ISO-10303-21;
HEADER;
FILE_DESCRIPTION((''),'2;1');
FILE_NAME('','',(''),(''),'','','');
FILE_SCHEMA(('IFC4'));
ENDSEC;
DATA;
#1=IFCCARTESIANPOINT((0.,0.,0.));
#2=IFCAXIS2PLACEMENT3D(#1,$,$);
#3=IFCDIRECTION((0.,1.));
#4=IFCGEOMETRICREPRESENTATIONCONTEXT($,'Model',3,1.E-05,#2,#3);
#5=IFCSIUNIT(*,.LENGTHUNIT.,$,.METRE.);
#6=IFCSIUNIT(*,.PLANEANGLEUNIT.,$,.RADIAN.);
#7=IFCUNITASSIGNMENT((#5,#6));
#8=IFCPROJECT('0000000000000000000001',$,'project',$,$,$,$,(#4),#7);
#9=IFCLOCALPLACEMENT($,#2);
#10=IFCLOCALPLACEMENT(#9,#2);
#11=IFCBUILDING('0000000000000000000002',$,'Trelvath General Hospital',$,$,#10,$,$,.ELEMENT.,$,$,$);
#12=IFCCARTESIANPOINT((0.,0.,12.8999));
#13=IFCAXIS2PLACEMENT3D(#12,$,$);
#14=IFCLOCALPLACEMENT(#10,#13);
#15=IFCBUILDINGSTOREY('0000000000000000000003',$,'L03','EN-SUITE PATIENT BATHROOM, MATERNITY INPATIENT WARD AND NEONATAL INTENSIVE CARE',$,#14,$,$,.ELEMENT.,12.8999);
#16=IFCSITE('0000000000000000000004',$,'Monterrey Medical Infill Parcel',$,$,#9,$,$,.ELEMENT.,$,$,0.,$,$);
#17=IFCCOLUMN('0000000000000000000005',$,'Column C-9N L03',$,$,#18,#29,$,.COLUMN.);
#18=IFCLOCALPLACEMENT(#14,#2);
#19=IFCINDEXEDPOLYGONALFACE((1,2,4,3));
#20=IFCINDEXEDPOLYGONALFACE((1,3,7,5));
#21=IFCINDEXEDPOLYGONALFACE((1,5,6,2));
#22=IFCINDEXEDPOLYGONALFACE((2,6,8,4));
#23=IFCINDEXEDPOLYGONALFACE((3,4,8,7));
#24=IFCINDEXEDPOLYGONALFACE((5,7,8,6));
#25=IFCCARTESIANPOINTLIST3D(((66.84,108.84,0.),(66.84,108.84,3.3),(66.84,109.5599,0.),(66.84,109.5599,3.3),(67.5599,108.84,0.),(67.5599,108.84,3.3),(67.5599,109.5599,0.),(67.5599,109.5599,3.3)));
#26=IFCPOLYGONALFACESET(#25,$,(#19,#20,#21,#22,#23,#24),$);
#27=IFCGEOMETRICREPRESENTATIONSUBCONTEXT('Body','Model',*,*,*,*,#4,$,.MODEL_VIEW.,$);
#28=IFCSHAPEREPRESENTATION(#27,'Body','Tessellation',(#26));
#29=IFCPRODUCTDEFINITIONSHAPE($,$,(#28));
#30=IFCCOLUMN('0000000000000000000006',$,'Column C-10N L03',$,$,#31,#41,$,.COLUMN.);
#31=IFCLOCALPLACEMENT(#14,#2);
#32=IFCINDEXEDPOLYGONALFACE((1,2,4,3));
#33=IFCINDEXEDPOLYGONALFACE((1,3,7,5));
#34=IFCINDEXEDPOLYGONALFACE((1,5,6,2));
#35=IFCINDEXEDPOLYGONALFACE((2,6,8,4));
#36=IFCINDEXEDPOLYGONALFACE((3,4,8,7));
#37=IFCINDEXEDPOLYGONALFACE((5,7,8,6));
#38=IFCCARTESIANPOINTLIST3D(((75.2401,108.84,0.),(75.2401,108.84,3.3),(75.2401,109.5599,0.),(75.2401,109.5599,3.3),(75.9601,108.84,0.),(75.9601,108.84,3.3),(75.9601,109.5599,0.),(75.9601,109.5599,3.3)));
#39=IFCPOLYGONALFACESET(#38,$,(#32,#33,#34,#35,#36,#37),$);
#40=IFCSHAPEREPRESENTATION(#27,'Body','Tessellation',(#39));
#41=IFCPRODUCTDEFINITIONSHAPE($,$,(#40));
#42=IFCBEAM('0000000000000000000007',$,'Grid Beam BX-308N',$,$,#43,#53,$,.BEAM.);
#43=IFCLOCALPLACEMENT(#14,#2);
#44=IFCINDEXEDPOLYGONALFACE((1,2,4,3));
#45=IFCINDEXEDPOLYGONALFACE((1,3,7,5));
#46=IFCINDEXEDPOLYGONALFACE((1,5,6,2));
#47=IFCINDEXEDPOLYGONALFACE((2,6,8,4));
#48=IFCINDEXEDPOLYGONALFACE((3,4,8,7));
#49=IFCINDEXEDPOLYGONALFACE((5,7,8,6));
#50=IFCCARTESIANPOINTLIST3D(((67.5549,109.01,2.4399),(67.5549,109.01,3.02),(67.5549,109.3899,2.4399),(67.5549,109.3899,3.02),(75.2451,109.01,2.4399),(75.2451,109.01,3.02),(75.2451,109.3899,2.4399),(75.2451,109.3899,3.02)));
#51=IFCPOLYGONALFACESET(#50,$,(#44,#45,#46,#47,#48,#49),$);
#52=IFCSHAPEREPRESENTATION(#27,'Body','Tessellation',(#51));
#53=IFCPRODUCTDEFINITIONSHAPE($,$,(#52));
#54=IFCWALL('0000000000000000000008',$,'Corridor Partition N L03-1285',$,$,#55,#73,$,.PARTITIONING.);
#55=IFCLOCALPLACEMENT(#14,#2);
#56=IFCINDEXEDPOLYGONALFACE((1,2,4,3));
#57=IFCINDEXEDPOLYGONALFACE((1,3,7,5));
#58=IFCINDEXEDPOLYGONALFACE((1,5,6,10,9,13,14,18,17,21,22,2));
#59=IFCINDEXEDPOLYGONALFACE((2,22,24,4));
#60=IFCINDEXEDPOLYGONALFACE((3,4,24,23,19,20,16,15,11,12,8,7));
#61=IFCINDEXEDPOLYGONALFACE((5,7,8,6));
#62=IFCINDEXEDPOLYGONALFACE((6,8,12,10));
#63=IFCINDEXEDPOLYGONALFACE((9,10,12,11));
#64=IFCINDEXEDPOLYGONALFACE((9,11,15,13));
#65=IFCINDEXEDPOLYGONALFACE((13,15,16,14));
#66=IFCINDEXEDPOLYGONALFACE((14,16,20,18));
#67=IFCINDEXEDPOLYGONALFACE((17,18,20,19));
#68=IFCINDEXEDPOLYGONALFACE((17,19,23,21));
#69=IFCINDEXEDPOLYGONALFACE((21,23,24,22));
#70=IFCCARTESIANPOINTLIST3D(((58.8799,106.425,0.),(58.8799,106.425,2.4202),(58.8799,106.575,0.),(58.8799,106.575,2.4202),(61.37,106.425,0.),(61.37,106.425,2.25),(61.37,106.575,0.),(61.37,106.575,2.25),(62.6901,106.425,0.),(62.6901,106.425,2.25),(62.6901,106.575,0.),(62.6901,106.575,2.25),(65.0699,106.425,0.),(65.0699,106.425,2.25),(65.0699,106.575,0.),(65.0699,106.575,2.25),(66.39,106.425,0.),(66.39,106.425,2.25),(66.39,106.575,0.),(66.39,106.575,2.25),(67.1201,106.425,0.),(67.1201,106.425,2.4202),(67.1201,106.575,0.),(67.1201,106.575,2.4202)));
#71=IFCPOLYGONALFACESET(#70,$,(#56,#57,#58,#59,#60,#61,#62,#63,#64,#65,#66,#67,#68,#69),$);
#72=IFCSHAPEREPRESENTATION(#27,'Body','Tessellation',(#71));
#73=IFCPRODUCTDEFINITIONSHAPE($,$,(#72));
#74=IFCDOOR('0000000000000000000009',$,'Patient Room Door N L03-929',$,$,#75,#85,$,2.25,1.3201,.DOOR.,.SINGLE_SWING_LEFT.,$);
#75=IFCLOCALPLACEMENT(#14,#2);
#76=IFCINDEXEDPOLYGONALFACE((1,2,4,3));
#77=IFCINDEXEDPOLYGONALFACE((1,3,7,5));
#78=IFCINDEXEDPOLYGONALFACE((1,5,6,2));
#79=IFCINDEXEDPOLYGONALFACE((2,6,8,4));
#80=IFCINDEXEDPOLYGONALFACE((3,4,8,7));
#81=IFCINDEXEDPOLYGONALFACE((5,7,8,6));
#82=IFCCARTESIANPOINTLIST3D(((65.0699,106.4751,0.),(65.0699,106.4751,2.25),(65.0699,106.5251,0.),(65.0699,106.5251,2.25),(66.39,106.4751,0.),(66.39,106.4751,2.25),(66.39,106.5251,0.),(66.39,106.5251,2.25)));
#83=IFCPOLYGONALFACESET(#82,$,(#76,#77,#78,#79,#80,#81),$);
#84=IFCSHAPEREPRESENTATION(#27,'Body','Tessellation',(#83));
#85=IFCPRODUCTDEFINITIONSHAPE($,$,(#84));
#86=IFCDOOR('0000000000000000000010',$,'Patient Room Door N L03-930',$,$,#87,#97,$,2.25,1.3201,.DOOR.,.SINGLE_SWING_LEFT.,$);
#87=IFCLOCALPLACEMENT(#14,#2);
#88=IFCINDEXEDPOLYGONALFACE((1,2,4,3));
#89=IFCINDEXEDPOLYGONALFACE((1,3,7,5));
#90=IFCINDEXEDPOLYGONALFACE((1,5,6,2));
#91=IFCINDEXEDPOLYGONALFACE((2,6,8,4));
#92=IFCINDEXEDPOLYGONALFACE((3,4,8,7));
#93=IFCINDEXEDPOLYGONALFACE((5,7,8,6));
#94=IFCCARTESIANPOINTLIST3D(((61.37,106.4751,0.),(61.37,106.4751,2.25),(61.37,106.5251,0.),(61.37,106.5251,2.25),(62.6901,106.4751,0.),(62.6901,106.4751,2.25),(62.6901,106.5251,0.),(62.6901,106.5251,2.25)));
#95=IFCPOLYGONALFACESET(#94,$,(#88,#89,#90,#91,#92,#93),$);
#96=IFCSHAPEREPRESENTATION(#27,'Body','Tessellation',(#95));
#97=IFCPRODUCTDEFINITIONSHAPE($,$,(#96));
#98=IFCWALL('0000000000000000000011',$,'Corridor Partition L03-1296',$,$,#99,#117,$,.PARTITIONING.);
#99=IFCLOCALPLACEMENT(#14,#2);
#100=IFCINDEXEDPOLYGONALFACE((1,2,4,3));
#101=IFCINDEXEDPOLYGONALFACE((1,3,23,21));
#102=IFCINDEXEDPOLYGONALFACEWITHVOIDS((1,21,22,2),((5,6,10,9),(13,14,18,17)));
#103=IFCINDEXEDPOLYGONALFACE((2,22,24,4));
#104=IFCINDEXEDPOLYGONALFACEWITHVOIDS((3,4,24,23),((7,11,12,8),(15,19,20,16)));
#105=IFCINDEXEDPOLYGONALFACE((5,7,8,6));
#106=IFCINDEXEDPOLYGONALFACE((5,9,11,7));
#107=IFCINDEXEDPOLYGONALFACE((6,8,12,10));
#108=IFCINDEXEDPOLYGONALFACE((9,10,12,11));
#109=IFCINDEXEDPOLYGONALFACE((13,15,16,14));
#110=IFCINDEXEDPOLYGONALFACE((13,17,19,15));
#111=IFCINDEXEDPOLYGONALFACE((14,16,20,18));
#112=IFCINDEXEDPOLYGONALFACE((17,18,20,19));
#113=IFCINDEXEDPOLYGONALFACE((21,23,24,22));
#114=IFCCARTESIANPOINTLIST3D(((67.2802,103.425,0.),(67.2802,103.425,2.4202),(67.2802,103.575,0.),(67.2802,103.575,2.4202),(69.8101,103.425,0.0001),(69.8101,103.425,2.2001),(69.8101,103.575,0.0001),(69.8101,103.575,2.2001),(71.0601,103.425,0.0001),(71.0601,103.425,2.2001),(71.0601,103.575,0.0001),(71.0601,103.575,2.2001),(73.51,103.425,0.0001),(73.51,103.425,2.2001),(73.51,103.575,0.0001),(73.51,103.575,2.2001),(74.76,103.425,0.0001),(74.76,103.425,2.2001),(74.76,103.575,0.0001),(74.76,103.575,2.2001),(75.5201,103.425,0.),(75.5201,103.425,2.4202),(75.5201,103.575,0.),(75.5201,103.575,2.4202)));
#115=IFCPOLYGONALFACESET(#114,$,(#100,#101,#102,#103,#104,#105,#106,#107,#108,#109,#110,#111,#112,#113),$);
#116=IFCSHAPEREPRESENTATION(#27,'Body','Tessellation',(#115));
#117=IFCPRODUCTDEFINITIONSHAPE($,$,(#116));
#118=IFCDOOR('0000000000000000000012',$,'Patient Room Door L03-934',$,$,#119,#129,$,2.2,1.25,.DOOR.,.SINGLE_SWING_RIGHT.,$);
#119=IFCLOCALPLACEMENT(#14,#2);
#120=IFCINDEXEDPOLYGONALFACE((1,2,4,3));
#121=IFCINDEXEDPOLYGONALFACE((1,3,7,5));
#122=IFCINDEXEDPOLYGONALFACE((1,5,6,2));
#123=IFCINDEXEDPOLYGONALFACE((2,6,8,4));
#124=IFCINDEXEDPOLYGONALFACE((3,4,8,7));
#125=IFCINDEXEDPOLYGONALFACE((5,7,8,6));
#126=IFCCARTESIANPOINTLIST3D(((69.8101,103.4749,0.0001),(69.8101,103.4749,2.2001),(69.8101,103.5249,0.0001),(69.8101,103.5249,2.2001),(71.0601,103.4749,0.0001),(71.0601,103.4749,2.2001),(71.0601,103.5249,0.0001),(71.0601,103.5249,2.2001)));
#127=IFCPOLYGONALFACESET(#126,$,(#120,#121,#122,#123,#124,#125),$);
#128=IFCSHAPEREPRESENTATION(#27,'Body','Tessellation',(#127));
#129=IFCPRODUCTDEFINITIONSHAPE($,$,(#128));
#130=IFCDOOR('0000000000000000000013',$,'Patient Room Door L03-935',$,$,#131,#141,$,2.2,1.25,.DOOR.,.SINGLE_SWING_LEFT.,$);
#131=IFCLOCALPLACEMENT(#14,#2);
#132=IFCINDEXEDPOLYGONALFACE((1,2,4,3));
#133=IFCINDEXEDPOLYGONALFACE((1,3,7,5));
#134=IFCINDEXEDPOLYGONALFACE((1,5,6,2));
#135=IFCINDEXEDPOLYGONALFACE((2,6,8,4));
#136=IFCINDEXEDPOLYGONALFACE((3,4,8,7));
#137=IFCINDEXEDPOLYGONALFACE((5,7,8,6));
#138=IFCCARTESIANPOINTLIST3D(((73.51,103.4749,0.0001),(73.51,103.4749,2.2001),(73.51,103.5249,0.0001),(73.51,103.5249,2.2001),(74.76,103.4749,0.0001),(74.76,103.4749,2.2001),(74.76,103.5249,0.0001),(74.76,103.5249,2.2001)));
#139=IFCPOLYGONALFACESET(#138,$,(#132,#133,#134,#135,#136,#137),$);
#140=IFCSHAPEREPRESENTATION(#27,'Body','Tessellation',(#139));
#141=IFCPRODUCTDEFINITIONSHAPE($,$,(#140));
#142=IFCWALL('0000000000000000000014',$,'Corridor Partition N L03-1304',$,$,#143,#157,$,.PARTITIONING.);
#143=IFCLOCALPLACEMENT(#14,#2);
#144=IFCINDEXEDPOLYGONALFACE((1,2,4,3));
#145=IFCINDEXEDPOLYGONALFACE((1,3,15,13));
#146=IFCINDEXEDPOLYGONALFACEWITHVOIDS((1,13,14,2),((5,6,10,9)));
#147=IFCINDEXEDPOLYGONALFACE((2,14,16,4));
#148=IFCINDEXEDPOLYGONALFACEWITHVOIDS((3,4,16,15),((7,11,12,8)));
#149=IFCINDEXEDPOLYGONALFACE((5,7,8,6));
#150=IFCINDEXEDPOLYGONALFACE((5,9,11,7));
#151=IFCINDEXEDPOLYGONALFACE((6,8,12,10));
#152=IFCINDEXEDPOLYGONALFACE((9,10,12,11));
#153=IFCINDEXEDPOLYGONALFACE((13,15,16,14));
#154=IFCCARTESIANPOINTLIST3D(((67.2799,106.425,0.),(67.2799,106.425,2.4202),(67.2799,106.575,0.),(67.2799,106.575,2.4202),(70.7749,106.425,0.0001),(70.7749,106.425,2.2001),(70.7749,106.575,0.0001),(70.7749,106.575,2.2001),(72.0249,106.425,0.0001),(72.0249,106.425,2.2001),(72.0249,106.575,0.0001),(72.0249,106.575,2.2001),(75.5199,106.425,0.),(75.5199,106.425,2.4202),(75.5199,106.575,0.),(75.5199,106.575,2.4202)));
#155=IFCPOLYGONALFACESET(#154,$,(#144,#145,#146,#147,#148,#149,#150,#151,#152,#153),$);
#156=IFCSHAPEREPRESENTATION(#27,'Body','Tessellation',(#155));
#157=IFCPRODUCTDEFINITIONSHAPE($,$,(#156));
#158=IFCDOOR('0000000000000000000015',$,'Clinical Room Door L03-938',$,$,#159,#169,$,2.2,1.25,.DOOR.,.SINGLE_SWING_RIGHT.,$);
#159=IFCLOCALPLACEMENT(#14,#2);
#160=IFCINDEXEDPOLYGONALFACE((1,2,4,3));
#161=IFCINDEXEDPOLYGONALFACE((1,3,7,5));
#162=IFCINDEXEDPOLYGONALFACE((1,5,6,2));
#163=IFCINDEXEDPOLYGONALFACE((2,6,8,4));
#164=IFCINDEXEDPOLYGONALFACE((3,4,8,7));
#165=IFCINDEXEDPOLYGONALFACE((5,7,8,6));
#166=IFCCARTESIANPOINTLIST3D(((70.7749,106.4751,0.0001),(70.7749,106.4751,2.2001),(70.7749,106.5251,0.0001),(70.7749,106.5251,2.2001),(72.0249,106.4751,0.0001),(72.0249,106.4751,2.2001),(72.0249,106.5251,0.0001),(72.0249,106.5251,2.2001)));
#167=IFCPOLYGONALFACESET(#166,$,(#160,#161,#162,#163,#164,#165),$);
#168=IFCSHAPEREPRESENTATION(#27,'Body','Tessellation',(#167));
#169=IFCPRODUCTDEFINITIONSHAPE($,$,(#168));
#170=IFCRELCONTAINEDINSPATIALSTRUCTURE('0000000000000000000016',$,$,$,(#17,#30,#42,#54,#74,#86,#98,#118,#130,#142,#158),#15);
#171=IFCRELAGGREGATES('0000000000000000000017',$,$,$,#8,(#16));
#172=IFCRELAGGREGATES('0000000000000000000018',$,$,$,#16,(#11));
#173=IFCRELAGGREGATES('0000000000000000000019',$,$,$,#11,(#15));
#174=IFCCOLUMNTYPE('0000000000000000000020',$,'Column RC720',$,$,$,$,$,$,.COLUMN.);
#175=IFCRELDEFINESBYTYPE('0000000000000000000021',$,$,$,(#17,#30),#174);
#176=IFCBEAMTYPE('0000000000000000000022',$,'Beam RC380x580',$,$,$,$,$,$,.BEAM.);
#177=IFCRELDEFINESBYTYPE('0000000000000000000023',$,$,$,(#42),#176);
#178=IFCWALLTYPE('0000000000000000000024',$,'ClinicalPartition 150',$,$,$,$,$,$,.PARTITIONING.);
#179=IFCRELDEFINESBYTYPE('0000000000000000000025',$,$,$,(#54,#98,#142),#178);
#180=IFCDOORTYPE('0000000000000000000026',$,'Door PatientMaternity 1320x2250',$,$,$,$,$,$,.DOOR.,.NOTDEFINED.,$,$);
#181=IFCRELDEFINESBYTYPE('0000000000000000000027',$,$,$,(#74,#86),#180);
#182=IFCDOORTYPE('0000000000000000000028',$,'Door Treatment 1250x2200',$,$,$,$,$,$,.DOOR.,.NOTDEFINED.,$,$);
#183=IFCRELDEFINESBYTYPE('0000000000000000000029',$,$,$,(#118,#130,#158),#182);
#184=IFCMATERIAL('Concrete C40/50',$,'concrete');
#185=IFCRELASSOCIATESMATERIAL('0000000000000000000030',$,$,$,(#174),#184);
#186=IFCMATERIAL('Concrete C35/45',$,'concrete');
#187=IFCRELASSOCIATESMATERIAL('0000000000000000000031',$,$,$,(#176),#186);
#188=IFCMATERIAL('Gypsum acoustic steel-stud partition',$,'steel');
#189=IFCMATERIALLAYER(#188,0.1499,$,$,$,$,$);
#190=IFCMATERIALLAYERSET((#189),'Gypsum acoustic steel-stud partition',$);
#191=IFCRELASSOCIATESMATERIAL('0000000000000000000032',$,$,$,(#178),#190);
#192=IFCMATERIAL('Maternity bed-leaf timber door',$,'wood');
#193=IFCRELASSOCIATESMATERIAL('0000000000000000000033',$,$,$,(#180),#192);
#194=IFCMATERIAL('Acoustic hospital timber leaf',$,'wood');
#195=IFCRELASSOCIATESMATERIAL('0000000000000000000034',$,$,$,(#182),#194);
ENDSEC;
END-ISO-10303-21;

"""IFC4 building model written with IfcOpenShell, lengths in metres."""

from ifc_helpers import new_model, si_unit, direction, frame, frame_2d, origin, origin_2d, place, context, subcontext, project, spatial, rectangle, extrude, material, layer, layer_set, material_profile, profile_set, type_object, element, fill, save


model = new_model("IFC4")

# Units and contexts
model_context = context("Model", 3, precision=1e-05, world=origin(), true_north=direction((0.0, 1.0)))
body_context = subcontext(model_context, "Body", "Model", "MODEL_VIEW")
ifc_project = project(units=[si_unit("LENGTHUNIT", "METRE"), si_unit("PLANEANGLEUNIT", "RADIAN")], contexts=[model_context])

# Site, building, storey
site_placement = place(None, origin())
site = spatial("IfcSite", under=ifc_project, at=site_placement, Name="Monterrey Medical Infill Parcel", CompositionType="ELEMENT", RefElevation=0.0)
building_placement = place(site_placement, origin())
building = spatial("IfcBuilding", under=site, at=building_placement, Name="Trelvath General Hospital", CompositionType="ELEMENT")
storey_placement = place(building_placement, frame((0.0, 0.0, 12.8999)))
storey = spatial("IfcBuildingStorey", under=building, at=storey_placement, Name="L03", Description="EN-SUITE PATIENT BATHROOM, MATERNITY INPATIENT WARD AND NEONATAL INTENSIVE CARE", CompositionType="ELEMENT", Elevation=12.8999)

# Columns
ifc_material_1 = material(Name="Concrete C40/50", Category="concrete")
ifc_material_profile_1 = material_profile(ifc_material_1, rectangle(XDim=0.72, YDim=0.72, at=origin_2d()), Name="RC720x720")
ifc_profile_set_1 = profile_set([ifc_material_profile_1], Name="Concrete C40/50")
column_type = type_object("IfcColumnType", Name="Column RC720", PredefinedType="COLUMN", material=ifc_profile_set_1)
for number, where, z_axis, x_axis, name in (
    (1, (67.2, 109.2, 0.0), (0.0, 0.0, 1.0), (1.0, 0.0, 0.0), "Column C-9N L03"),
    (2, (75.6001, 109.2, 0.0), (0.0, 0.0, 1.0), (1.0, 0.0, 0.0), "Column C-10N L03"),
):
    element("IfcColumn", number, at=place(storey_placement, frame(where, z_axis=z_axis, x_axis=x_axis)), inside=storey, type_object=column_type, Name=name, PredefinedType="COLUMN", context=body_context, shape_type="SweptSolid", body=[
        extrude(rectangle(XDim=0.72, YDim=0.72, at=origin_2d()), origin(), (0.0, 0.0, 1.0), 3.3),
    ])

# Beam
ifc_material_2 = material(Name="Concrete C35/45", Category="concrete")
ifc_material_profile_2 = material_profile(ifc_material_2, rectangle(XDim=0.3799, YDim=0.5801, at=origin_2d()), Name="RCB380x580")
ifc_profile_set_2 = profile_set([ifc_material_profile_2], Name="Concrete C35/45")
beam_type = type_object("IfcBeamType", Name="Beam RC380x580", PredefinedType="BEAM", material=ifc_profile_set_2)
beam_placement = place(storey_placement, frame((67.5549, 109.2, 2.73), z_axis=(1.0, 0.0, 0.0), x_axis=(0.0, 1.0, 0.0)))
element("IfcBeam", 3, at=beam_placement, inside=storey, type_object=beam_type, Name="Grid Beam BX-308N", PredefinedType="BEAM", context=body_context, shape_type="SweptSolid", body=[
    extrude(rectangle(XDim=0.3799, YDim=0.5801, at=origin_2d()), origin(), (0.0, 0.0, 1.0), 7.6902),
])

# Walls, openings, doors
ifc_material_3 = material(Name="Gypsum acoustic steel-stud partition", Category="steel")
ifc_layer_1 = layer(ifc_material_3, 0.1499)
ifc_layer_set_1 = layer_set([ifc_layer_1], Name="Gypsum acoustic steel-stud partition")
wall_type_1 = type_object("IfcWallType", Name="ClinicalPartition 150", PredefinedType="PARTITIONING", material=ifc_layer_set_1)
wall_1_placement = place(storey_placement, frame((67.1201, 106.5, 0.0), z_axis=(0.0, 0.0, 1.0), x_axis=(-1.0, 0.0, 0.0)))
wall_1 = element("IfcWall", 4, at=wall_1_placement, inside=storey, type_object=wall_type_1, Name="Corridor Partition N L03-1285", PredefinedType="PARTITIONING", context=body_context, shape_type="SweptSolid", body=[
    extrude(rectangle(XDim=8.2402, YDim=0.1499, at=frame_2d((4.1201, 0.0))), origin(), (0.0, 0.0, 1.0), 2.4202),
])
opening_1_placement = place(wall_1_placement, frame((0.73, 0.0, 0.0)))
opening_1 = element("IfcOpeningElement", 5, at=opening_1_placement, cuts=wall_1, PredefinedType="OPENING", context=body_context, shape_type="SweptSolid", body=[
    extrude(rectangle(XDim=1.3201, YDim=2.25, at=frame_2d((0.6602, 1.125))), frame((0.0, 0.085, 0.0), z_axis=(0.0, -1.0, 0.0), x_axis=(1.0, 0.0, 0.0)), (0.0, 0.0, 1.0), 0.1699),
])
opening_2_placement = place(wall_1_placement, frame((4.4299, 0.0, 0.0)))
opening_2 = element("IfcOpeningElement", 6, at=opening_2_placement, cuts=wall_1, PredefinedType="OPENING", context=body_context, shape_type="SweptSolid", body=[
    extrude(rectangle(XDim=1.3201, YDim=2.25, at=frame_2d((0.6602, 1.125))), frame((0.0, 0.085, 0.0), z_axis=(0.0, -1.0, 0.0), x_axis=(1.0, 0.0, 0.0)), (0.0, 0.0, 1.0), 0.1699),
])
ifc_material_4 = material(Name="Maternity bed-leaf timber door", Category="wood")
door_type_1 = type_object("IfcDoorType", Name="Door PatientMaternity 1320x2250", OperationType="NOTDEFINED", PredefinedType="DOOR", material=ifc_material_4)
door_1_placement = place(opening_1_placement, origin())
door_1 = element("IfcDoor", 7, at=door_1_placement, inside=storey, type_object=door_type_1, Name="Patient Room Door N L03-929", OperationType="SINGLE_SWING_LEFT", OverallHeight=2.25, OverallWidth=1.3201, PredefinedType="DOOR", context=body_context, shape_type="SweptSolid", body=[
    extrude(rectangle(XDim=1.3201, YDim=2.25, at=frame_2d((0.6602, 1.125))), frame((0.0, 0.0249, 0.0), z_axis=(0.0, -1.0, 0.0), x_axis=(1.0, 0.0, 0.0)), (0.0, 0.0, 1.0), 0.05),
])
fill(opening_1, door_1)
door_2_placement = place(opening_2_placement, origin())
door_2 = element("IfcDoor", 8, at=door_2_placement, inside=storey, type_object=door_type_1, Name="Patient Room Door N L03-930", OperationType="SINGLE_SWING_LEFT", OverallHeight=2.25, OverallWidth=1.3201, PredefinedType="DOOR", context=body_context, shape_type="SweptSolid", body=[
    extrude(rectangle(XDim=1.3201, YDim=2.25, at=frame_2d((0.6602, 1.125))), frame((0.0, 0.0249, 0.0), z_axis=(0.0, -1.0, 0.0), x_axis=(1.0, 0.0, 0.0)), (0.0, 0.0, 1.0), 0.05),
])
fill(opening_2, door_2)
wall_2_placement = place(storey_placement, frame((67.28, 103.5, 0.0), z_axis=(0.0, 0.0, 1.0), x_axis=(1.0, 0.0, 0.0)))
wall_2 = element("IfcWall", 9, at=wall_2_placement, inside=storey, type_object=wall_type_1, Name="Corridor Partition L03-1296", PredefinedType="PARTITIONING", context=body_context, shape_type="SweptSolid", body=[
    extrude(rectangle(XDim=8.24, YDim=0.1499, at=frame_2d((4.1201, 0.0))), origin(), (0.0, 0.0, 1.0), 2.4202),
])
opening_3_placement = place(wall_2_placement, frame((2.53, 0.0, 0.0)))
opening_3 = element("IfcOpeningElement", 10, at=opening_3_placement, cuts=wall_2, PredefinedType="OPENING", context=body_context, shape_type="SweptSolid", body=[
    extrude(rectangle(XDim=1.25, YDim=2.2, at=frame_2d((0.625, 1.1001))), frame((0.0, 0.085, 0.0), z_axis=(0.0, -1.0, 0.0), x_axis=(1.0, 0.0, 0.0)), (0.0, 0.0, 1.0), 0.1699),
])
opening_4_placement = place(wall_2_placement, frame((6.23, 0.0, 0.0)))
opening_4 = element("IfcOpeningElement", 11, at=opening_4_placement, cuts=wall_2, PredefinedType="OPENING", context=body_context, shape_type="SweptSolid", body=[
    extrude(rectangle(XDim=1.25, YDim=2.2, at=frame_2d((0.625, 1.1001))), frame((0.0, 0.085, 0.0), z_axis=(0.0, -1.0, 0.0), x_axis=(1.0, 0.0, 0.0)), (0.0, 0.0, 1.0), 0.1699),
])
ifc_material_5 = material(Name="Acoustic hospital timber leaf", Category="wood")
door_type_2 = type_object("IfcDoorType", Name="Door Treatment 1250x2200", OperationType="NOTDEFINED", PredefinedType="DOOR", material=ifc_material_5)
door_3_placement = place(opening_3_placement, origin())
door_3 = element("IfcDoor", 12, at=door_3_placement, inside=storey, type_object=door_type_2, Name="Patient Room Door L03-934", OperationType="SINGLE_SWING_RIGHT", OverallHeight=2.2, OverallWidth=1.25, PredefinedType="DOOR", context=body_context, shape_type="SweptSolid", body=[
    extrude(rectangle(XDim=1.25, YDim=2.2, at=frame_2d((0.625, 1.1001))), frame((0.0, 0.0249, 0.0), z_axis=(0.0, -1.0, 0.0), x_axis=(1.0, 0.0, 0.0)), (0.0, 0.0, 1.0), 0.05),
])
fill(opening_3, door_3)
door_4_placement = place(opening_4_placement, origin())
door_4 = element("IfcDoor", 13, at=door_4_placement, inside=storey, type_object=door_type_2, Name="Patient Room Door L03-935", OperationType="SINGLE_SWING_LEFT", OverallHeight=2.2, OverallWidth=1.25, PredefinedType="DOOR", context=body_context, shape_type="SweptSolid", body=[
    extrude(rectangle(XDim=1.25, YDim=2.2, at=frame_2d((0.625, 1.1001))), frame((0.0, 0.0249, 0.0), z_axis=(0.0, -1.0, 0.0), x_axis=(1.0, 0.0, 0.0)), (0.0, 0.0, 1.0), 0.05),
])
fill(opening_4, door_4)

# Wall, opening, door
wall_3_placement = place(storey_placement, frame((75.52, 106.5, 0.0), z_axis=(0.0, 0.0, 1.0), x_axis=(-1.0, 0.0, 0.0)))
wall_3 = element("IfcWall", 14, at=wall_3_placement, inside=storey, type_object=wall_type_1, Name="Corridor Partition N L03-1304", PredefinedType="PARTITIONING", context=body_context, shape_type="SweptSolid", body=[
    extrude(rectangle(XDim=8.24, YDim=0.1499, at=frame_2d((4.1201, 0.0))), origin(), (0.0, 0.0, 1.0), 2.4202),
])
opening_5_placement = place(wall_3_placement, frame((3.4951, 0.0, 0.0)))
opening_5 = element("IfcOpeningElement", 15, at=opening_5_placement, cuts=wall_3, PredefinedType="OPENING", context=body_context, shape_type="SweptSolid", body=[
    extrude(rectangle(XDim=1.25, YDim=2.2, at=frame_2d((0.625, 1.1001))), frame((0.0, 0.085, 0.0), z_axis=(0.0, -1.0, 0.0), x_axis=(1.0, 0.0, 0.0)), (0.0, 0.0, 1.0), 0.1699),
])
door_5_placement = place(opening_5_placement, origin())
door_5 = element("IfcDoor", 16, at=door_5_placement, inside=storey, type_object=door_type_2, Name="Clinical Room Door L03-938", OperationType="SINGLE_SWING_RIGHT", OverallHeight=2.2, OverallWidth=1.25, PredefinedType="DOOR", context=body_context, shape_type="SweptSolid", body=[
    extrude(rectangle(XDim=1.25, YDim=2.2, at=frame_2d((0.625, 1.1001))), frame((0.0, 0.0249, 0.0), z_axis=(0.0, -1.0, 0.0), x_axis=(1.0, 0.0, 0.0)), (0.0, 0.0, 1.0), 0.05),
])
fill(opening_5, door_5)

save(model, "model.ifc")
